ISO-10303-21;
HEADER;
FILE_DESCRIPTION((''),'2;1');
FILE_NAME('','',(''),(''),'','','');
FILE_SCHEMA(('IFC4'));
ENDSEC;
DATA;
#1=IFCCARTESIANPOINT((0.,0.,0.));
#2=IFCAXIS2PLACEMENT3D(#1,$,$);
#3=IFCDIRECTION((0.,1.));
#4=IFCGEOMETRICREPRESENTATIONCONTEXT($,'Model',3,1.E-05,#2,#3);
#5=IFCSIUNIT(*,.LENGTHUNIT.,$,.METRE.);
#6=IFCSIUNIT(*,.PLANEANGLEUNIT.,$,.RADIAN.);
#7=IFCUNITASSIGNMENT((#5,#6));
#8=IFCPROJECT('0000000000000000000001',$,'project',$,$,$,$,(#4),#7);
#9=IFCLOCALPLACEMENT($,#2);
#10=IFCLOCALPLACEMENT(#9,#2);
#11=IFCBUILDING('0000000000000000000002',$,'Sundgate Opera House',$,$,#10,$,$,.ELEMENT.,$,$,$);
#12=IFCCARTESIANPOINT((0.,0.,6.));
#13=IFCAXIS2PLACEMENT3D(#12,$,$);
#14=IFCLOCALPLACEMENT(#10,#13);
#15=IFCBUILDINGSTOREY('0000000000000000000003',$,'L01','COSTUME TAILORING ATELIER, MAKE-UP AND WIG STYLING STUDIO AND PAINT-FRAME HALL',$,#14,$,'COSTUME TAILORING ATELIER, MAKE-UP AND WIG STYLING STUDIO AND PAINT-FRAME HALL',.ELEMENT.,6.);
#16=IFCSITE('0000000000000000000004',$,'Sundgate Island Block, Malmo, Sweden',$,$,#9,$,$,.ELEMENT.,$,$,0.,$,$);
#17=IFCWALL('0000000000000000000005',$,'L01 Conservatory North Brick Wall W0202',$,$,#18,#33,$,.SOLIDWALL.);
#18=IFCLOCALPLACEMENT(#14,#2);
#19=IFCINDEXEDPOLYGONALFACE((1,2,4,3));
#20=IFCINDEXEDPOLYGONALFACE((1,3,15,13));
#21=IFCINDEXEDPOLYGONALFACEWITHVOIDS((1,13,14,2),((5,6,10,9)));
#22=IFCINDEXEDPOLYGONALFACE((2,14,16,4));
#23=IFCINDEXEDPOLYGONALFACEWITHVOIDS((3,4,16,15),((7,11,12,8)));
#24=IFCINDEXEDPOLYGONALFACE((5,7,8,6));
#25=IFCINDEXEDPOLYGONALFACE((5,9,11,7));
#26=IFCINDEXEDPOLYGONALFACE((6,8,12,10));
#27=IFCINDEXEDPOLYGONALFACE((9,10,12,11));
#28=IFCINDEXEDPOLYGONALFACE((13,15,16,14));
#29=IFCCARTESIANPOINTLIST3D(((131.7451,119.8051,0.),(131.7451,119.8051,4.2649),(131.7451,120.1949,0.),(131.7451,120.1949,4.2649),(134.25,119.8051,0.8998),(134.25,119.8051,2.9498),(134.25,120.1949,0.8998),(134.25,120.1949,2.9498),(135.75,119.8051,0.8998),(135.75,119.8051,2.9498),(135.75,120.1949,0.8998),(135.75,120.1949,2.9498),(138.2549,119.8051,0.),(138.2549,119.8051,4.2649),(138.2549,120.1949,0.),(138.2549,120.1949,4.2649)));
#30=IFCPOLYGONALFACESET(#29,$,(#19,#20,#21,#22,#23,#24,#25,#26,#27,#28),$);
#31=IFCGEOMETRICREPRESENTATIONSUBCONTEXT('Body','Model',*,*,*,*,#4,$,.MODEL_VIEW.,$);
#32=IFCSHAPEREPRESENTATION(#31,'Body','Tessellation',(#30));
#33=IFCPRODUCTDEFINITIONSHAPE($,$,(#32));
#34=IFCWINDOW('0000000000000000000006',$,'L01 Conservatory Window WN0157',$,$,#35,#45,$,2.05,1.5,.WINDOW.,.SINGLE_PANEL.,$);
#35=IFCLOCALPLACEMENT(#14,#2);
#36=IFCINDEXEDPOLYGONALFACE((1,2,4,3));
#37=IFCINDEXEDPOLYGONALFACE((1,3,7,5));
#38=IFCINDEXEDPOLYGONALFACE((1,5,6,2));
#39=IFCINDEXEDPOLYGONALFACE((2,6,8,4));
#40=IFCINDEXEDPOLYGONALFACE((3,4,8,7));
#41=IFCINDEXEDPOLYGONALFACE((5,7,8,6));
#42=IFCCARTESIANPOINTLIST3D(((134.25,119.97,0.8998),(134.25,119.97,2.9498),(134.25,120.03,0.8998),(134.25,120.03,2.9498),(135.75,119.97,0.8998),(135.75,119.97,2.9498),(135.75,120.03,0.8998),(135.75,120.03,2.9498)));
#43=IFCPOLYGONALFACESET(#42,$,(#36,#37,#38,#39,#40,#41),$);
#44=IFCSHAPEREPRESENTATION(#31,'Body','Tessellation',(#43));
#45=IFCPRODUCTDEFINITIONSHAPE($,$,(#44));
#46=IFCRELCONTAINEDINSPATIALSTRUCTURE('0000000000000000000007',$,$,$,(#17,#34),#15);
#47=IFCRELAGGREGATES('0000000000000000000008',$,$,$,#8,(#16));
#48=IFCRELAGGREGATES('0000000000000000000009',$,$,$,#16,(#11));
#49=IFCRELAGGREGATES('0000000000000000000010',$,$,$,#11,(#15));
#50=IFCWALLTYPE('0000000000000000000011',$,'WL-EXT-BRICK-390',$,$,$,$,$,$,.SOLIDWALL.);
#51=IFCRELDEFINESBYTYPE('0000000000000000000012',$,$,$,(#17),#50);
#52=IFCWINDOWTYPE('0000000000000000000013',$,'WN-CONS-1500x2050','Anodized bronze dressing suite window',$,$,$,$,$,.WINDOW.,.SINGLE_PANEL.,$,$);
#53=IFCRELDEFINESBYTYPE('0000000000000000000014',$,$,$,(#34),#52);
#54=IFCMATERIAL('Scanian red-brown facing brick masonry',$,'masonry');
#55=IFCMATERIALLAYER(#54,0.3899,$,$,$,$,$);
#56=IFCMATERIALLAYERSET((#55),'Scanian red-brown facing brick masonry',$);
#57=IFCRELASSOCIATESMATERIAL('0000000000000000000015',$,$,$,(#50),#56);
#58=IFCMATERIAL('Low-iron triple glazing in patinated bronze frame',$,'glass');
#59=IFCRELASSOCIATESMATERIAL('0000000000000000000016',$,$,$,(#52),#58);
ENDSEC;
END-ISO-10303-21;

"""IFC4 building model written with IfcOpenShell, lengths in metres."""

from ifc_helpers import new_model, si_unit, direction, frame, frame_2d, origin, place, context, subcontext, project, spatial, rectangle, extrude, material, layer, layer_set, type_object, element, fill, save


model = new_model("IFC4")

# Units and contexts
model_context = context("Model", 3, precision=1e-05, world=origin(), true_north=direction((0.0, 1.0)))
body_context = subcontext(model_context, "Body", "Model", "MODEL_VIEW")
ifc_project = project(units=[si_unit("LENGTHUNIT", "METRE"), si_unit("PLANEANGLEUNIT", "RADIAN")], contexts=[model_context])

# Site, building, storey
site_placement = place(None, origin())
site = spatial("IfcSite", under=ifc_project, at=site_placement, Name="Sundgate Island Block, Malmo, Sweden", CompositionType="ELEMENT", RefElevation=0.0)
building_placement = place(site_placement, origin())
building = spatial("IfcBuilding", under=site, at=building_placement, Name="Sundgate Opera House", CompositionType="ELEMENT")
storey_placement = place(building_placement, frame((0.0, 0.0, 6.0)))
storey = spatial("IfcBuildingStorey", under=building, at=storey_placement, Name="L01", Description="COSTUME TAILORING ATELIER, MAKE-UP AND WIG STYLING STUDIO AND PAINT-FRAME HALL", LongName="COSTUME TAILORING ATELIER, MAKE-UP AND WIG STYLING STUDIO AND PAINT-FRAME HALL", CompositionType="ELEMENT", Elevation=6.0)

# Wall, opening, window
ifc_material_1 = material(Name="Scanian red-brown facing brick masonry", Category="masonry")
ifc_layer_1 = layer(ifc_material_1, 0.3899)
ifc_layer_set_1 = layer_set([ifc_layer_1], Name="Scanian red-brown facing brick masonry")
wall_type = type_object("IfcWallType", Name="WL-EXT-BRICK-390", PredefinedType="SOLIDWALL", material=ifc_layer_set_1)
wall_placement = place(storey_placement, frame((131.7451, 120.0, 0.0), z_axis=(0.0, 0.0, 1.0), x_axis=(1.0, 0.0, 0.0)))
wall = element("IfcWall", 1, at=wall_placement, inside=storey, type_object=wall_type, Name="L01 Conservatory North Brick Wall W0202", PredefinedType="SOLIDWALL", context=body_context, shape_type="SweptSolid", body=[
    extrude(rectangle(XDim=6.5098, YDim=0.3899, at=frame_2d((3.2549, 0.0))), origin(), (0.0, 0.0, 1.0), 4.2649),
])
opening_placement = place(wall_placement, frame((2.5049, 0.0, 0.8999)))
opening = element("IfcOpeningElement", 2, at=opening_placement, cuts=wall, PredefinedType="OPENING", context=body_context, shape_type="SweptSolid", body=[
    extrude(rectangle(XDim=1.5, YDim=2.05, at=frame_2d((0.75, 1.0249))), frame((0.0, 0.2048, 0.0), z_axis=(0.0, -1.0, 0.0), x_axis=(1.0, 0.0, 0.0)), (0.0, 0.0, 1.0), 0.4099),
])
ifc_material_2 = material(Name="Low-iron triple glazing in patinated bronze frame", Category="glass")
window_type = type_object("IfcWindowType", Name="WN-CONS-1500x2050", Description="Anodized bronze dressing suite window", PartitioningType="SINGLE_PANEL", PredefinedType="WINDOW", material=ifc_material_2)
window_placement = place(opening_placement, origin())
window = element("IfcWindow", 3, at=window_placement, inside=storey, type_object=window_type, Name="L01 Conservatory Window WN0157", OverallHeight=2.05, OverallWidth=1.5, PartitioningType="SINGLE_PANEL", PredefinedType="WINDOW", context=body_context, shape_type="SweptSolid", body=[
    extrude(rectangle(XDim=1.5, YDim=2.05, at=frame_2d((0.75, 1.0249))), frame((0.0, 0.03, 0.0), z_axis=(0.0, -1.0, 0.0), x_axis=(1.0, 0.0, 0.0)), (0.0, 0.0, 1.0), 0.0601),
])
fill(opening, window)

save(model, "model.ifc")
